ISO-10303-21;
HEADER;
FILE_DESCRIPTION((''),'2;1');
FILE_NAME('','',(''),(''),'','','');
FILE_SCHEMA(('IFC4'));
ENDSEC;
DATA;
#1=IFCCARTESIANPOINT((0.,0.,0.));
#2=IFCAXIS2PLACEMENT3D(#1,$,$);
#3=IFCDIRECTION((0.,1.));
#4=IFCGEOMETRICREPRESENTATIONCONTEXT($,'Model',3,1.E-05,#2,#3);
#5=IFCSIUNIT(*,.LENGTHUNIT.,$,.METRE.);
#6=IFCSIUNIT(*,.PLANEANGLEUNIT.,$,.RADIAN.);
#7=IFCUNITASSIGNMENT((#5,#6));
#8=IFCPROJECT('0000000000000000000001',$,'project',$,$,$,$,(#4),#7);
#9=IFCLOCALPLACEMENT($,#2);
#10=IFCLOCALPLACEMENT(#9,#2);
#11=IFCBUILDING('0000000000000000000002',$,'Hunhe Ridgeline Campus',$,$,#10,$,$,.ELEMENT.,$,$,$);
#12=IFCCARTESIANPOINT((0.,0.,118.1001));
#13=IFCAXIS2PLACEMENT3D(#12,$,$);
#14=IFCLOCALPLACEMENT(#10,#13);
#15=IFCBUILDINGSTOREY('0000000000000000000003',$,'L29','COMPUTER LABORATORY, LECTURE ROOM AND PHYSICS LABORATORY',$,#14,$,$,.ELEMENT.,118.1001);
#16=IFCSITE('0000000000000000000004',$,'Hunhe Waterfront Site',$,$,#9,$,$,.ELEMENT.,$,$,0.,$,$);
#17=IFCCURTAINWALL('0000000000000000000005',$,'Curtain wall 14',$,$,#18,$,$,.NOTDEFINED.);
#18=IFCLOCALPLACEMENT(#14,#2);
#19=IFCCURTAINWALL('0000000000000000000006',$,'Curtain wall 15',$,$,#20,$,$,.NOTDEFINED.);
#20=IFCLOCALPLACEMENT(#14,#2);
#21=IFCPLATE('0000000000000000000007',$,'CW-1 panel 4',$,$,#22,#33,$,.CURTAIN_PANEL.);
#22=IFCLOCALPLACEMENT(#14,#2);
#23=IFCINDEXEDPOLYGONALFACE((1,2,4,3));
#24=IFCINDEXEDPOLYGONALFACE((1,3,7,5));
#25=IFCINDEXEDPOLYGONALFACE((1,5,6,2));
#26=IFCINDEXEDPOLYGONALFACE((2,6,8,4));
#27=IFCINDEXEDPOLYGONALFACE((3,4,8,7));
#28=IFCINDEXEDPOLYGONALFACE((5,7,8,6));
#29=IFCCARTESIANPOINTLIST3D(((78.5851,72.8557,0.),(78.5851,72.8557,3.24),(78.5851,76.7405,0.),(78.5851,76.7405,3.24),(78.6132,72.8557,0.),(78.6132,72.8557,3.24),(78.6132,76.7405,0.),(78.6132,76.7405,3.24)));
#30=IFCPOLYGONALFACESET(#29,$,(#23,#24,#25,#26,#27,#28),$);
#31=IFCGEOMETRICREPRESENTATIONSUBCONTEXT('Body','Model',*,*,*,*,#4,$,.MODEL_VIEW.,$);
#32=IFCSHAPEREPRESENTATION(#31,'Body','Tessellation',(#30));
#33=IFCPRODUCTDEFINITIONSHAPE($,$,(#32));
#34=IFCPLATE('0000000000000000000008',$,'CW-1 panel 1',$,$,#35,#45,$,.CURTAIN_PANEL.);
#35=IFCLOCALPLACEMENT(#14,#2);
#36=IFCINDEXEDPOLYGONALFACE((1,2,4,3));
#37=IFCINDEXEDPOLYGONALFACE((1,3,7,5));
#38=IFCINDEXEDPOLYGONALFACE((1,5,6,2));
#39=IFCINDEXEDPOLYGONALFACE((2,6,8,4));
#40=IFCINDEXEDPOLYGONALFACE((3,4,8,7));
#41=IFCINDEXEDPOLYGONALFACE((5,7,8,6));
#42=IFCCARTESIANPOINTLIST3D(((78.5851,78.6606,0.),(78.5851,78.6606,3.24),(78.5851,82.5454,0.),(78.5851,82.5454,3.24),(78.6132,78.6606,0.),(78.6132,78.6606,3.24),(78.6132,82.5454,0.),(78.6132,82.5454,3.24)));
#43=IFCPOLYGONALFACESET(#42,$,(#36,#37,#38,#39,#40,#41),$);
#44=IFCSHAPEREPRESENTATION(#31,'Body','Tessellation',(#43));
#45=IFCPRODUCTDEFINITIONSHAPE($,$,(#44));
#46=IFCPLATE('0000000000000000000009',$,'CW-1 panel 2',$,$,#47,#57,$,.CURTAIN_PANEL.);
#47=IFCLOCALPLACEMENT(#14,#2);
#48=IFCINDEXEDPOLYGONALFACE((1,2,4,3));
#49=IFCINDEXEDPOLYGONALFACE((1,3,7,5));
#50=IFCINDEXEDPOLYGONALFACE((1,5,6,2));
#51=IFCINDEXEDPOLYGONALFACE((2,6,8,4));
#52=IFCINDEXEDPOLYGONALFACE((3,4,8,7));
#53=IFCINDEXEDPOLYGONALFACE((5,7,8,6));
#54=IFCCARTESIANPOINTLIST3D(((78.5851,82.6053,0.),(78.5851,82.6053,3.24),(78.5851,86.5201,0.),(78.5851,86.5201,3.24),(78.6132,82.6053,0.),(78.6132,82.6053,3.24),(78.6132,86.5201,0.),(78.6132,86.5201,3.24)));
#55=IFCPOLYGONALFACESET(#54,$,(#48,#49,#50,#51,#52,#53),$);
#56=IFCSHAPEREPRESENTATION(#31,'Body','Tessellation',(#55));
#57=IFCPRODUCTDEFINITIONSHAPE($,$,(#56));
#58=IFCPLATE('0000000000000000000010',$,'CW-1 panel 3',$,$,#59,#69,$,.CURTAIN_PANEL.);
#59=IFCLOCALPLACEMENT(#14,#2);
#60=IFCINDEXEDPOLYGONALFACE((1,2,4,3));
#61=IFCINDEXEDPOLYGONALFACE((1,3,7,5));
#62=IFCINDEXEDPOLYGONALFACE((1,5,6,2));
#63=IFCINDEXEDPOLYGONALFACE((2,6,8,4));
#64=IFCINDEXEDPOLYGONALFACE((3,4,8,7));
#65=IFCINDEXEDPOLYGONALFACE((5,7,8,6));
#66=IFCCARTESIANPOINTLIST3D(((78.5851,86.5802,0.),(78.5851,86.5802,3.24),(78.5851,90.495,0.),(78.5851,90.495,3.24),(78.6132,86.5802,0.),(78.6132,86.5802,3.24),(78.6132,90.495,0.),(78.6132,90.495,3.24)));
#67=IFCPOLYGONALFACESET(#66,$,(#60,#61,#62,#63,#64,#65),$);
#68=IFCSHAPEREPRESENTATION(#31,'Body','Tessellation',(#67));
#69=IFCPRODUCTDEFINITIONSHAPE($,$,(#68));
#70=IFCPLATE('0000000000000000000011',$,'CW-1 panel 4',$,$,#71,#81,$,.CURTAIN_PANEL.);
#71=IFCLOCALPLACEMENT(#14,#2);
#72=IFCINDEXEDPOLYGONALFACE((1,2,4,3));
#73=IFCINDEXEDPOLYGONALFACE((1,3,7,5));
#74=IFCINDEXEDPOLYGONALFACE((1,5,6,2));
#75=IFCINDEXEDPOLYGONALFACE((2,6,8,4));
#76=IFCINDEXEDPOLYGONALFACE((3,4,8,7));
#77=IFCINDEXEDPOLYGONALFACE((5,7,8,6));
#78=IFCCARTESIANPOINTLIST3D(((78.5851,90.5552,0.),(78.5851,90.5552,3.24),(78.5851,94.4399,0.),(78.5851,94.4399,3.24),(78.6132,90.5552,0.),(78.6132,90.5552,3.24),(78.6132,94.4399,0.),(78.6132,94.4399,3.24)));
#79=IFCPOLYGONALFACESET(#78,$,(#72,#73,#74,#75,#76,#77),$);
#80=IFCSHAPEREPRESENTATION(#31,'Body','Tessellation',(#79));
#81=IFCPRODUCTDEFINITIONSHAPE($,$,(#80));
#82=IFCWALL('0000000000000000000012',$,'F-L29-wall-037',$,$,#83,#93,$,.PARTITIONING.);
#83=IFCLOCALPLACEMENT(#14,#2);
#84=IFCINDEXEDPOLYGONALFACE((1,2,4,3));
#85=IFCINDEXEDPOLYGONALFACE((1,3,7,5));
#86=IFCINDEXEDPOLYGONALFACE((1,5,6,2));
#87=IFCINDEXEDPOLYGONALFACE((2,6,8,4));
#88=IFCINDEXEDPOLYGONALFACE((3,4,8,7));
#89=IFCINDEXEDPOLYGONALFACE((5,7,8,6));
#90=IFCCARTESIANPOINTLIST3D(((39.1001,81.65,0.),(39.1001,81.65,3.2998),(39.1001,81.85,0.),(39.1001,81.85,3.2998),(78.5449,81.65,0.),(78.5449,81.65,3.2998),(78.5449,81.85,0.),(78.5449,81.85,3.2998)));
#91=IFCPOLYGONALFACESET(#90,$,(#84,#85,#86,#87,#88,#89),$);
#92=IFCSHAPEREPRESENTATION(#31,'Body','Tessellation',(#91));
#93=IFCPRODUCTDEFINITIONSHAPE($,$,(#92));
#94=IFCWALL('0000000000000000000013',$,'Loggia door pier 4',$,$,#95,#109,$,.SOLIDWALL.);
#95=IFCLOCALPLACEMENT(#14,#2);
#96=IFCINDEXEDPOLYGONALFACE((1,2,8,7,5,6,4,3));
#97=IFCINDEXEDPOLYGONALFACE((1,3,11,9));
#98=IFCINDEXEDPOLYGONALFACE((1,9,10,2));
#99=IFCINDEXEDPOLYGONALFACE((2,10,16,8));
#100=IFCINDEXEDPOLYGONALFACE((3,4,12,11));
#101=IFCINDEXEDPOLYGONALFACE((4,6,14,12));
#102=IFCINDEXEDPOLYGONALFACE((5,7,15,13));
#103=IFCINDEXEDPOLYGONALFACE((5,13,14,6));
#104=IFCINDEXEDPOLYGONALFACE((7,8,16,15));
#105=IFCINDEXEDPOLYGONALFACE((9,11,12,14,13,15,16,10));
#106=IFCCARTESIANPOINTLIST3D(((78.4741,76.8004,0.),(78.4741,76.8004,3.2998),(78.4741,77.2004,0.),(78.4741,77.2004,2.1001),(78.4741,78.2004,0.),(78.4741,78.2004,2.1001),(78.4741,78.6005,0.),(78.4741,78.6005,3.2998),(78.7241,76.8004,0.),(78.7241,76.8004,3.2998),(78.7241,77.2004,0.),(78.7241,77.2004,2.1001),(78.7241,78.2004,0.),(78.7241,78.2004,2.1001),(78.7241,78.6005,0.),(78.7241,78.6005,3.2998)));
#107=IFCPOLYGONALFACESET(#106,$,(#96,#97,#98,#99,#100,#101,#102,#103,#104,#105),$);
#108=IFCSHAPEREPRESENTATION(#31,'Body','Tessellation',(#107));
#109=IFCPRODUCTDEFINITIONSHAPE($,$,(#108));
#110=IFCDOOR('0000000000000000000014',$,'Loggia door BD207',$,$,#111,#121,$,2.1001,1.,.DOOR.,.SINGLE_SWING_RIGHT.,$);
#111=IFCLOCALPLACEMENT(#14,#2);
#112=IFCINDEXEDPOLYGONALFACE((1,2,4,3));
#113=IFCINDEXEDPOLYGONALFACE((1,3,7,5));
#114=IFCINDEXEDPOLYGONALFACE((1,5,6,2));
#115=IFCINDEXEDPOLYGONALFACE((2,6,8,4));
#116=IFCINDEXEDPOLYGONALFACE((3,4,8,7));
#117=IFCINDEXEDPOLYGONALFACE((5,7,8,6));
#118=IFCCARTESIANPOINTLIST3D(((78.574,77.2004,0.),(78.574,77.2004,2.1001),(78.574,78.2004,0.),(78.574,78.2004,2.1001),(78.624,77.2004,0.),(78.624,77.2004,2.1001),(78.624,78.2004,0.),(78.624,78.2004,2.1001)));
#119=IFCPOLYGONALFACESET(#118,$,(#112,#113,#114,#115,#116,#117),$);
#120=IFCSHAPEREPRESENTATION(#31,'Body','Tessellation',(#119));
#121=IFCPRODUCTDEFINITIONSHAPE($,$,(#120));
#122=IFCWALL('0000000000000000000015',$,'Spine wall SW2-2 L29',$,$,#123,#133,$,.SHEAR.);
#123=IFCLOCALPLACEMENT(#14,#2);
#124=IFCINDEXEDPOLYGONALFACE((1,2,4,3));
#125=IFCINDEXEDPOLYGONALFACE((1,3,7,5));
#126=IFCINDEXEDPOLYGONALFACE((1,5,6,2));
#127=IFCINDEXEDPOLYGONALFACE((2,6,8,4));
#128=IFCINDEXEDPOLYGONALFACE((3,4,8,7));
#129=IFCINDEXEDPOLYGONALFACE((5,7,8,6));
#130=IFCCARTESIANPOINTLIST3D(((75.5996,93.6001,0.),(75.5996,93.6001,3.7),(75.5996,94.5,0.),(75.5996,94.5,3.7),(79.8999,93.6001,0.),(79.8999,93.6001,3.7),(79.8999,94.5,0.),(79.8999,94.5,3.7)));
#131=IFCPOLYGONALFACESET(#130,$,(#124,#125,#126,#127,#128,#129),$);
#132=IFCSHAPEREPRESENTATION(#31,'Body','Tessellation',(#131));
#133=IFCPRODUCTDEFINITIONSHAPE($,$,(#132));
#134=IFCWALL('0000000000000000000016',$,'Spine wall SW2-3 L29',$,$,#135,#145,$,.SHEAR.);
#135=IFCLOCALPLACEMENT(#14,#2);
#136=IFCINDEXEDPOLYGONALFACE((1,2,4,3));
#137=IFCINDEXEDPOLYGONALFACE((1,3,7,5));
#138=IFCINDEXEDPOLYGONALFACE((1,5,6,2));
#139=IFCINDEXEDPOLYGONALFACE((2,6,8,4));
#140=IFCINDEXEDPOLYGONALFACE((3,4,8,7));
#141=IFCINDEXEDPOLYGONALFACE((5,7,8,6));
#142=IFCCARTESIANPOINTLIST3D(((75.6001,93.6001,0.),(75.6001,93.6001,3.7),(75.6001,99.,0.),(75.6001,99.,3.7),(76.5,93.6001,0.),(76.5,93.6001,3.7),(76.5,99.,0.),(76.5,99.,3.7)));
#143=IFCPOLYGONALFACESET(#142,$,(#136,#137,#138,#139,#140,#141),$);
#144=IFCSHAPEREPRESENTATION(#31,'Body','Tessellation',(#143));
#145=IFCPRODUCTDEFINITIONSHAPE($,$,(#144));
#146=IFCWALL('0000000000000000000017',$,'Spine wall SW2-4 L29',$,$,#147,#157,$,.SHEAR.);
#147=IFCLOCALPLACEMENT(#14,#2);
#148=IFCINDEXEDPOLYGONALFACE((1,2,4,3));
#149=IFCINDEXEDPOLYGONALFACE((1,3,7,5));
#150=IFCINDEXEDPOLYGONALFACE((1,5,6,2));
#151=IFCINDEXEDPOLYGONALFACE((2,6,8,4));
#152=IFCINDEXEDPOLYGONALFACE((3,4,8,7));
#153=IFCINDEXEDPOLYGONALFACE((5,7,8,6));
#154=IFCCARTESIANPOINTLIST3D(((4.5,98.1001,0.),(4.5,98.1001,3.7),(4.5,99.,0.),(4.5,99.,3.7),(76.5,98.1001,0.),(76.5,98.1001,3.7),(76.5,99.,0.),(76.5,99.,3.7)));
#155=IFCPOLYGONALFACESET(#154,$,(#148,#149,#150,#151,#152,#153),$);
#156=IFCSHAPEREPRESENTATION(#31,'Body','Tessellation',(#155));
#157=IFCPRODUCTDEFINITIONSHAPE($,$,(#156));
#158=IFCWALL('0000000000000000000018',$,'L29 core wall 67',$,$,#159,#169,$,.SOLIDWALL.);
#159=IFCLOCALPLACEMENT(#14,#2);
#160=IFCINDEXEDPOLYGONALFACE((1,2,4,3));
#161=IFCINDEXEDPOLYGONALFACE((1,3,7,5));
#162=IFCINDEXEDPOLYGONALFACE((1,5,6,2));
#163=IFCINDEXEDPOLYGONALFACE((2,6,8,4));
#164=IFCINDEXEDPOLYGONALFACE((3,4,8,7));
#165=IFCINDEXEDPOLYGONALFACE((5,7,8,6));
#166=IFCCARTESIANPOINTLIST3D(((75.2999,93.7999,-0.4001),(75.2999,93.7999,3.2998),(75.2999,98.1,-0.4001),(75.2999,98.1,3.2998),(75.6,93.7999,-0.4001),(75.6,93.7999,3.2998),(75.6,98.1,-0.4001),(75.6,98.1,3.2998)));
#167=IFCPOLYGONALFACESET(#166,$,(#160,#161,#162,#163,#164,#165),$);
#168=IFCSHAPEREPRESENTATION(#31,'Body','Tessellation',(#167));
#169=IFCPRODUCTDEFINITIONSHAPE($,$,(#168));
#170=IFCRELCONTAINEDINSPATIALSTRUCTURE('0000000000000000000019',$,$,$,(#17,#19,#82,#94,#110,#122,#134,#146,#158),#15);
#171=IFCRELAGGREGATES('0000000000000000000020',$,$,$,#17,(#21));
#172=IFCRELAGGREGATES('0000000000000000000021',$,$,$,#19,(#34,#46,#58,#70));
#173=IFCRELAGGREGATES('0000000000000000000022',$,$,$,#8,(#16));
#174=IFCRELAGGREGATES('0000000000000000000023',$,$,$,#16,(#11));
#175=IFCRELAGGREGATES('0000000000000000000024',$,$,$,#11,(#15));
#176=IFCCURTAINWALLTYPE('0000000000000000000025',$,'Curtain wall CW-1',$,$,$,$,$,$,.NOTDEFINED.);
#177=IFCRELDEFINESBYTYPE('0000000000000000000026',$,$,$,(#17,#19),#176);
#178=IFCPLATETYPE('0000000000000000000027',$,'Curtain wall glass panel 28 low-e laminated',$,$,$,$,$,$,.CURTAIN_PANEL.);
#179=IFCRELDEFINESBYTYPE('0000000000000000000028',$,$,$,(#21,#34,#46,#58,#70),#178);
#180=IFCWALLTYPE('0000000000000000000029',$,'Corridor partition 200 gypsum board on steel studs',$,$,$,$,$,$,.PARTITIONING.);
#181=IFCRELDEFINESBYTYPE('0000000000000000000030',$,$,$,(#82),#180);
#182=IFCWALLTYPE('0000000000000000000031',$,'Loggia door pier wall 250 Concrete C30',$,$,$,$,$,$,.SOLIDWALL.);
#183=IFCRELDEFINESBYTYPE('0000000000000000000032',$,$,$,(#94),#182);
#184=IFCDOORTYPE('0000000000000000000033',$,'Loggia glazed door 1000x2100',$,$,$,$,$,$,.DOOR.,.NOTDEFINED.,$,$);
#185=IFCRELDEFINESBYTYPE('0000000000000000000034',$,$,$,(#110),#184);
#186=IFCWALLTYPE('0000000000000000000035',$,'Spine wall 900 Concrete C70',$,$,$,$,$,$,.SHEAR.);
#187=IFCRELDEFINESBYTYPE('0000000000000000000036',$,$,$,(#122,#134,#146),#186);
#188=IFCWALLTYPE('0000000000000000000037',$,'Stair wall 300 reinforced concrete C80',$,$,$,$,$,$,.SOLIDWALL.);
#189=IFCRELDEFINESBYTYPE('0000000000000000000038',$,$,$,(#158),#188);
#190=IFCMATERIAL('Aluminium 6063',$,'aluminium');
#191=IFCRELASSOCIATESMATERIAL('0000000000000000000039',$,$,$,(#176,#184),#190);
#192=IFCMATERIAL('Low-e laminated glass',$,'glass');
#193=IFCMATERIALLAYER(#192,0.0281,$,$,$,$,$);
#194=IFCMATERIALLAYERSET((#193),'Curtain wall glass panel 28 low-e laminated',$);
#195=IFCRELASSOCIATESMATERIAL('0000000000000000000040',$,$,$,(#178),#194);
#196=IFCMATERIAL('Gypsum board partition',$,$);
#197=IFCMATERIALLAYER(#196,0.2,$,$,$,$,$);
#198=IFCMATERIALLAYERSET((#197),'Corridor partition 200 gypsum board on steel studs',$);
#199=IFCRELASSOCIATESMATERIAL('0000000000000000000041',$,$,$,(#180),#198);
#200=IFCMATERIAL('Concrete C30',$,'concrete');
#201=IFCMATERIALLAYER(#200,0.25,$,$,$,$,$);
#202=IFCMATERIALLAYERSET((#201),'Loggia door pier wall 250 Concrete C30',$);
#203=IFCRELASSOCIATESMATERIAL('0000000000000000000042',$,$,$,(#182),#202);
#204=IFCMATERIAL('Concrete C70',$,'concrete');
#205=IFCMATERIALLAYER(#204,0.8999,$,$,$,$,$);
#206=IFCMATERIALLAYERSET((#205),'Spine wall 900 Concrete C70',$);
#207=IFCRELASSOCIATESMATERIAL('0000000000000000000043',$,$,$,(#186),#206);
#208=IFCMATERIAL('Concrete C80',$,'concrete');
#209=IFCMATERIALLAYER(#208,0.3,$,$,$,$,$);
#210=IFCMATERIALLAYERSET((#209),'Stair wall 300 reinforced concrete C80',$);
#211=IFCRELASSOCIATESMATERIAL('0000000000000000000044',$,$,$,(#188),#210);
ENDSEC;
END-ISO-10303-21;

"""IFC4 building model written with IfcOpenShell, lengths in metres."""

from ifc_helpers import new_model, si_unit, direction, frame, frame_2d, origin, origin_2d, place, context, subcontext, project, spatial, rectangle, extrude, material, layer, layer_set, type_object, element, fill, aggregate, save


model = new_model("IFC4")

# Units and contexts
model_context = context("Model", 3, precision=1e-05, world=origin(), true_north=direction((0.0, 1.0)))
body_context = subcontext(model_context, "Body", "Model", "MODEL_VIEW")
ifc_project = project(units=[si_unit("LENGTHUNIT", "METRE"), si_unit("PLANEANGLEUNIT", "RADIAN")], contexts=[model_context])

# Site, building, storey
site_placement = place(None, origin())
site = spatial("IfcSite", under=ifc_project, at=site_placement, Name="Hunhe Waterfront Site", CompositionType="ELEMENT", RefElevation=0.0)
building_placement = place(site_placement, origin())
building = spatial("IfcBuilding", under=site, at=building_placement, Name="Hunhe Ridgeline Campus", CompositionType="ELEMENT")
storey_placement = place(building_placement, frame((0.0, 0.0, 118.1001)))
storey = spatial("IfcBuildingStorey", under=building, at=storey_placement, Name="L29", Description="COMPUTER LABORATORY, LECTURE ROOM AND PHYSICS LABORATORY", CompositionType="ELEMENT", Elevation=118.1001)

# Shared definitions
ifc_material_1 = material(Name="Concrete C70", Category="concrete")

# Curtain wall
ifc_material_2 = material(Name="Aluminium 6063", Category="aluminium")
curtain_wall_type = type_object("IfcCurtainWallType", Name="Curtain wall CW-1", PredefinedType="NOTDEFINED", material=ifc_material_2)
curtain_wall_1_placement = place(storey_placement, origin())
curtain_wall_1 = element("IfcCurtainWall", 1, at=curtain_wall_1_placement, inside=storey, type_object=curtain_wall_type, Name="Curtain wall 14", PredefinedType="NOTDEFINED")

# Curtain wall
curtain_wall_2_placement = place(storey_placement, origin())
curtain_wall_2 = element("IfcCurtainWall", 2, at=curtain_wall_2_placement, inside=storey, type_object=curtain_wall_type, Name="Curtain wall 15", PredefinedType="NOTDEFINED")

# Plates
ifc_material_3 = material(Name="Low-e laminated glass", Category="glass")
ifc_layer_1 = layer(ifc_material_3, 0.0281)
ifc_layer_set_1 = layer_set([ifc_layer_1], Name="Curtain wall glass panel 28 low-e laminated")
plate_type = type_object("IfcPlateType", Name="Curtain wall glass panel 28 low-e laminated", PredefinedType="CURTAIN_PANEL", material=ifc_layer_set_1)
plate_1_placement = place(storey_placement, frame((78.5991, 74.7981, 0.0), z_axis=(0.0, 0.0, 1.0), x_axis=(0.0, 1.0, 0.0)))
plate_1 = element("IfcPlate", 3, at=plate_1_placement, type_object=plate_type, Name="CW-1 panel 4", PredefinedType="CURTAIN_PANEL", context=body_context, shape_type="SweptSolid", body=[
    extrude(rectangle(XDim=3.8848, YDim=0.0281, at=origin_2d()), origin(), (0.0, 0.0, 1.0), 3.24),
])
aggregate(curtain_wall_1, [plate_1])
plate_2_placement = place(storey_placement, frame((78.5991, 80.603, 0.0), z_axis=(0.0, 0.0, 1.0), x_axis=(0.0, 1.0, 0.0)))
plate_2 = element("IfcPlate", 4, at=plate_2_placement, type_object=plate_type, Name="CW-1 panel 1", PredefinedType="CURTAIN_PANEL", context=body_context, shape_type="SweptSolid", body=[
    extrude(rectangle(XDim=3.8848, YDim=0.0281, at=origin_2d()), origin(), (0.0, 0.0, 1.0), 3.24),
])
plate_3_placement = place(storey_placement, frame((78.5991, 84.5627, 0.0), z_axis=(0.0, 0.0, 1.0), x_axis=(0.0, 1.0, 0.0)))
plate_3 = element("IfcPlate", 5, at=plate_3_placement, type_object=plate_type, Name="CW-1 panel 2", PredefinedType="CURTAIN_PANEL", context=body_context, shape_type="SweptSolid", body=[
    extrude(rectangle(XDim=3.9148, YDim=0.0281, at=origin_2d()), origin(), (0.0, 0.0, 1.0), 3.24),
])
plate_4_placement = place(storey_placement, frame((78.5991, 88.5376, 0.0), z_axis=(0.0, 0.0, 1.0), x_axis=(0.0, 1.0, 0.0)))
plate_4 = element("IfcPlate", 6, at=plate_4_placement, type_object=plate_type, Name="CW-1 panel 3", PredefinedType="CURTAIN_PANEL", context=body_context, shape_type="SweptSolid", body=[
    extrude(rectangle(XDim=3.9148, YDim=0.0281, at=origin_2d()), origin(), (0.0, 0.0, 1.0), 3.24),
])
plate_5_placement = place(storey_placement, frame((78.5991, 92.4976, 0.0), z_axis=(0.0, 0.0, 1.0), x_axis=(0.0, 1.0, 0.0)))
plate_5 = element("IfcPlate", 7, at=plate_5_placement, type_object=plate_type, Name="CW-1 panel 4", PredefinedType="CURTAIN_PANEL", context=body_context, shape_type="SweptSolid", body=[
    extrude(rectangle(XDim=3.8848, YDim=0.0281, at=origin_2d()), origin(), (0.0, 0.0, 1.0), 3.24),
])
aggregate(curtain_wall_2, [plate_2, plate_3, plate_4, plate_5])

# Wall
ifc_material_4 = material(Name="Gypsum board partition")
ifc_layer_2 = layer(ifc_material_4, 0.2)
ifc_layer_set_2 = layer_set([ifc_layer_2], Name="Corridor partition 200 gypsum board on steel studs")
wall_type_1 = type_object("IfcWallType", Name="Corridor partition 200 gypsum board on steel studs", PredefinedType="PARTITIONING", material=ifc_layer_set_2)
wall_1_placement = place(storey_placement, frame((78.5449, 81.75, 0.0), z_axis=(0.0, 0.0, 1.0), x_axis=(-1.0, 0.0, 0.0)))
element("IfcWall", 8, at=wall_1_placement, inside=storey, type_object=wall_type_1, Name="F-L29-wall-037", PredefinedType="PARTITIONING", context=body_context, shape_type="SweptSolid", body=[
    extrude(rectangle(XDim=39.4448, YDim=0.2, at=frame_2d((19.7224, 0.0))), origin(), (0.0, 0.0, 1.0), 3.2998),
])

# Wall, opening, door
ifc_material_5 = material(Name="Concrete C30", Category="concrete")
ifc_layer_3 = layer(ifc_material_5, 0.25)
ifc_layer_set_3 = layer_set([ifc_layer_3], Name="Loggia door pier wall 250 Concrete C30")
wall_type_2 = type_object("IfcWallType", Name="Loggia door pier wall 250 Concrete C30", PredefinedType="SOLIDWALL", material=ifc_layer_set_3)
wall_2_placement = place(storey_placement, frame((78.5991, 76.8005, 0.0), z_axis=(0.0, 0.0, 1.0), x_axis=(0.0, 1.0, 0.0)))
wall_2 = element("IfcWall", 9, at=wall_2_placement, inside=storey, type_object=wall_type_2, Name="Loggia door pier 4", PredefinedType="SOLIDWALL", context=body_context, shape_type="SweptSolid", body=[
    extrude(rectangle(XDim=1.8, YDim=0.25, at=frame_2d((0.8999, 0.0))), origin(), (0.0, 0.0, 1.0), 3.2998),
])
opening_placement = place(wall_2_placement, frame((0.3999, 0.0, 0.0)))
opening = element("IfcOpeningElement", 10, at=opening_placement, cuts=wall_2, PredefinedType="OPENING", context=body_context, shape_type="SweptSolid", body=[
    extrude(rectangle(XDim=1.0, YDim=2.1001, at=frame_2d((0.5, 1.05))), frame((0.0, 0.125, 0.0), z_axis=(0.0, -1.0, 0.0), x_axis=(1.0, 0.0, 0.0)), (0.0, 0.0, 1.0), 0.25),
])
door_type = type_object("IfcDoorType", Name="Loggia glazed door 1000x2100", OperationType="NOTDEFINED", PredefinedType="DOOR", material=ifc_material_2)
door_placement = place(opening_placement, frame((1.0, 0.0, 0.0), z_axis=(0.0, 0.0, 1.0), x_axis=(-1.0, 0.0, 0.0)))
door = element("IfcDoor", 11, at=door_placement, inside=storey, type_object=door_type, Name="Loggia door BD207", OperationType="SINGLE_SWING_RIGHT", OverallHeight=2.1001, OverallWidth=1.0, PredefinedType="DOOR", context=body_context, shape_type="SweptSolid", body=[
    extrude(rectangle(XDim=1.0, YDim=2.1001, at=frame_2d((0.5, 1.05))), frame((0.0, 0.0249, 0.0), z_axis=(0.0, -1.0, 0.0), x_axis=(1.0, 0.0, 0.0)), (0.0, 0.0, 1.0), 0.05),
])
fill(opening, door)

# Walls
ifc_layer_4 = layer(ifc_material_1, 0.8999)
ifc_layer_set_4 = layer_set([ifc_layer_4], Name="Spine wall 900 Concrete C70")
wall_type_3 = type_object("IfcWallType", Name="Spine wall 900 Concrete C70", PredefinedType="SHEAR", material=ifc_layer_set_4)
wall_3_placement = place(storey_placement, frame((79.8999, 94.05, 0.0), z_axis=(0.0, 0.0, 1.0), x_axis=(-1.0, 0.0, 0.0)))
element("IfcWall", 12, at=wall_3_placement, inside=storey, type_object=wall_type_3, Name="Spine wall SW2-2 L29", PredefinedType="SHEAR", context=body_context, shape_type="SweptSolid", body=[
    extrude(rectangle(XDim=4.3003, YDim=0.8999, at=frame_2d((2.1501, 0.0))), origin(), (0.0, 0.0, 1.0), 3.7),
])
wall_4_placement = place(storey_placement, frame((76.05, 93.6001, 0.0), z_axis=(0.0, 0.0, 1.0), x_axis=(0.0, 1.0, 0.0)))
element("IfcWall", 13, at=wall_4_placement, inside=storey, type_object=wall_type_3, Name="Spine wall SW2-3 L29", PredefinedType="SHEAR", context=body_context, shape_type="SweptSolid", body=[
    extrude(rectangle(XDim=5.3999, YDim=0.8999, at=frame_2d((2.7, 0.0))), origin(), (0.0, 0.0, 1.0), 3.7),
])
wall_5_placement = place(storey_placement, frame((76.5, 98.55, 0.0), z_axis=(0.0, 0.0, 1.0), x_axis=(-1.0, 0.0, 0.0)))
element("IfcWall", 14, at=wall_5_placement, inside=storey, type_object=wall_type_3, Name="Spine wall SW2-4 L29", PredefinedType="SHEAR", context=body_context, shape_type="SweptSolid", body=[
    extrude(rectangle(XDim=72.0, YDim=0.8999, at=frame_2d((36.0, 0.0))), origin(), (0.0, 0.0, 1.0), 3.7),
])
ifc_material_6 = material(Name="Concrete C80", Category="concrete")
ifc_layer_5 = layer(ifc_material_6, 0.3)
ifc_layer_set_5 = layer_set([ifc_layer_5], Name="Stair wall 300 reinforced concrete C80")
wall_type_4 = type_object("IfcWallType", Name="Stair wall 300 reinforced concrete C80", PredefinedType="SOLIDWALL", material=ifc_layer_set_5)
wall_6_placement = place(storey_placement, frame((75.45, 93.8, -0.4001), z_axis=(0.0, 0.0, 1.0), x_axis=(0.0, 1.0, 0.0)))
element("IfcWall", 15, at=wall_6_placement, inside=storey, type_object=wall_type_4, Name="L29 core wall 67", PredefinedType="SOLIDWALL", context=body_context, shape_type="SweptSolid", body=[
    extrude(rectangle(XDim=4.3, YDim=0.3, at=frame_2d((2.1499, 0.0))), origin(), (0.0, 0.0, 1.0), 3.7),
])

save(model, "model.ifc")
